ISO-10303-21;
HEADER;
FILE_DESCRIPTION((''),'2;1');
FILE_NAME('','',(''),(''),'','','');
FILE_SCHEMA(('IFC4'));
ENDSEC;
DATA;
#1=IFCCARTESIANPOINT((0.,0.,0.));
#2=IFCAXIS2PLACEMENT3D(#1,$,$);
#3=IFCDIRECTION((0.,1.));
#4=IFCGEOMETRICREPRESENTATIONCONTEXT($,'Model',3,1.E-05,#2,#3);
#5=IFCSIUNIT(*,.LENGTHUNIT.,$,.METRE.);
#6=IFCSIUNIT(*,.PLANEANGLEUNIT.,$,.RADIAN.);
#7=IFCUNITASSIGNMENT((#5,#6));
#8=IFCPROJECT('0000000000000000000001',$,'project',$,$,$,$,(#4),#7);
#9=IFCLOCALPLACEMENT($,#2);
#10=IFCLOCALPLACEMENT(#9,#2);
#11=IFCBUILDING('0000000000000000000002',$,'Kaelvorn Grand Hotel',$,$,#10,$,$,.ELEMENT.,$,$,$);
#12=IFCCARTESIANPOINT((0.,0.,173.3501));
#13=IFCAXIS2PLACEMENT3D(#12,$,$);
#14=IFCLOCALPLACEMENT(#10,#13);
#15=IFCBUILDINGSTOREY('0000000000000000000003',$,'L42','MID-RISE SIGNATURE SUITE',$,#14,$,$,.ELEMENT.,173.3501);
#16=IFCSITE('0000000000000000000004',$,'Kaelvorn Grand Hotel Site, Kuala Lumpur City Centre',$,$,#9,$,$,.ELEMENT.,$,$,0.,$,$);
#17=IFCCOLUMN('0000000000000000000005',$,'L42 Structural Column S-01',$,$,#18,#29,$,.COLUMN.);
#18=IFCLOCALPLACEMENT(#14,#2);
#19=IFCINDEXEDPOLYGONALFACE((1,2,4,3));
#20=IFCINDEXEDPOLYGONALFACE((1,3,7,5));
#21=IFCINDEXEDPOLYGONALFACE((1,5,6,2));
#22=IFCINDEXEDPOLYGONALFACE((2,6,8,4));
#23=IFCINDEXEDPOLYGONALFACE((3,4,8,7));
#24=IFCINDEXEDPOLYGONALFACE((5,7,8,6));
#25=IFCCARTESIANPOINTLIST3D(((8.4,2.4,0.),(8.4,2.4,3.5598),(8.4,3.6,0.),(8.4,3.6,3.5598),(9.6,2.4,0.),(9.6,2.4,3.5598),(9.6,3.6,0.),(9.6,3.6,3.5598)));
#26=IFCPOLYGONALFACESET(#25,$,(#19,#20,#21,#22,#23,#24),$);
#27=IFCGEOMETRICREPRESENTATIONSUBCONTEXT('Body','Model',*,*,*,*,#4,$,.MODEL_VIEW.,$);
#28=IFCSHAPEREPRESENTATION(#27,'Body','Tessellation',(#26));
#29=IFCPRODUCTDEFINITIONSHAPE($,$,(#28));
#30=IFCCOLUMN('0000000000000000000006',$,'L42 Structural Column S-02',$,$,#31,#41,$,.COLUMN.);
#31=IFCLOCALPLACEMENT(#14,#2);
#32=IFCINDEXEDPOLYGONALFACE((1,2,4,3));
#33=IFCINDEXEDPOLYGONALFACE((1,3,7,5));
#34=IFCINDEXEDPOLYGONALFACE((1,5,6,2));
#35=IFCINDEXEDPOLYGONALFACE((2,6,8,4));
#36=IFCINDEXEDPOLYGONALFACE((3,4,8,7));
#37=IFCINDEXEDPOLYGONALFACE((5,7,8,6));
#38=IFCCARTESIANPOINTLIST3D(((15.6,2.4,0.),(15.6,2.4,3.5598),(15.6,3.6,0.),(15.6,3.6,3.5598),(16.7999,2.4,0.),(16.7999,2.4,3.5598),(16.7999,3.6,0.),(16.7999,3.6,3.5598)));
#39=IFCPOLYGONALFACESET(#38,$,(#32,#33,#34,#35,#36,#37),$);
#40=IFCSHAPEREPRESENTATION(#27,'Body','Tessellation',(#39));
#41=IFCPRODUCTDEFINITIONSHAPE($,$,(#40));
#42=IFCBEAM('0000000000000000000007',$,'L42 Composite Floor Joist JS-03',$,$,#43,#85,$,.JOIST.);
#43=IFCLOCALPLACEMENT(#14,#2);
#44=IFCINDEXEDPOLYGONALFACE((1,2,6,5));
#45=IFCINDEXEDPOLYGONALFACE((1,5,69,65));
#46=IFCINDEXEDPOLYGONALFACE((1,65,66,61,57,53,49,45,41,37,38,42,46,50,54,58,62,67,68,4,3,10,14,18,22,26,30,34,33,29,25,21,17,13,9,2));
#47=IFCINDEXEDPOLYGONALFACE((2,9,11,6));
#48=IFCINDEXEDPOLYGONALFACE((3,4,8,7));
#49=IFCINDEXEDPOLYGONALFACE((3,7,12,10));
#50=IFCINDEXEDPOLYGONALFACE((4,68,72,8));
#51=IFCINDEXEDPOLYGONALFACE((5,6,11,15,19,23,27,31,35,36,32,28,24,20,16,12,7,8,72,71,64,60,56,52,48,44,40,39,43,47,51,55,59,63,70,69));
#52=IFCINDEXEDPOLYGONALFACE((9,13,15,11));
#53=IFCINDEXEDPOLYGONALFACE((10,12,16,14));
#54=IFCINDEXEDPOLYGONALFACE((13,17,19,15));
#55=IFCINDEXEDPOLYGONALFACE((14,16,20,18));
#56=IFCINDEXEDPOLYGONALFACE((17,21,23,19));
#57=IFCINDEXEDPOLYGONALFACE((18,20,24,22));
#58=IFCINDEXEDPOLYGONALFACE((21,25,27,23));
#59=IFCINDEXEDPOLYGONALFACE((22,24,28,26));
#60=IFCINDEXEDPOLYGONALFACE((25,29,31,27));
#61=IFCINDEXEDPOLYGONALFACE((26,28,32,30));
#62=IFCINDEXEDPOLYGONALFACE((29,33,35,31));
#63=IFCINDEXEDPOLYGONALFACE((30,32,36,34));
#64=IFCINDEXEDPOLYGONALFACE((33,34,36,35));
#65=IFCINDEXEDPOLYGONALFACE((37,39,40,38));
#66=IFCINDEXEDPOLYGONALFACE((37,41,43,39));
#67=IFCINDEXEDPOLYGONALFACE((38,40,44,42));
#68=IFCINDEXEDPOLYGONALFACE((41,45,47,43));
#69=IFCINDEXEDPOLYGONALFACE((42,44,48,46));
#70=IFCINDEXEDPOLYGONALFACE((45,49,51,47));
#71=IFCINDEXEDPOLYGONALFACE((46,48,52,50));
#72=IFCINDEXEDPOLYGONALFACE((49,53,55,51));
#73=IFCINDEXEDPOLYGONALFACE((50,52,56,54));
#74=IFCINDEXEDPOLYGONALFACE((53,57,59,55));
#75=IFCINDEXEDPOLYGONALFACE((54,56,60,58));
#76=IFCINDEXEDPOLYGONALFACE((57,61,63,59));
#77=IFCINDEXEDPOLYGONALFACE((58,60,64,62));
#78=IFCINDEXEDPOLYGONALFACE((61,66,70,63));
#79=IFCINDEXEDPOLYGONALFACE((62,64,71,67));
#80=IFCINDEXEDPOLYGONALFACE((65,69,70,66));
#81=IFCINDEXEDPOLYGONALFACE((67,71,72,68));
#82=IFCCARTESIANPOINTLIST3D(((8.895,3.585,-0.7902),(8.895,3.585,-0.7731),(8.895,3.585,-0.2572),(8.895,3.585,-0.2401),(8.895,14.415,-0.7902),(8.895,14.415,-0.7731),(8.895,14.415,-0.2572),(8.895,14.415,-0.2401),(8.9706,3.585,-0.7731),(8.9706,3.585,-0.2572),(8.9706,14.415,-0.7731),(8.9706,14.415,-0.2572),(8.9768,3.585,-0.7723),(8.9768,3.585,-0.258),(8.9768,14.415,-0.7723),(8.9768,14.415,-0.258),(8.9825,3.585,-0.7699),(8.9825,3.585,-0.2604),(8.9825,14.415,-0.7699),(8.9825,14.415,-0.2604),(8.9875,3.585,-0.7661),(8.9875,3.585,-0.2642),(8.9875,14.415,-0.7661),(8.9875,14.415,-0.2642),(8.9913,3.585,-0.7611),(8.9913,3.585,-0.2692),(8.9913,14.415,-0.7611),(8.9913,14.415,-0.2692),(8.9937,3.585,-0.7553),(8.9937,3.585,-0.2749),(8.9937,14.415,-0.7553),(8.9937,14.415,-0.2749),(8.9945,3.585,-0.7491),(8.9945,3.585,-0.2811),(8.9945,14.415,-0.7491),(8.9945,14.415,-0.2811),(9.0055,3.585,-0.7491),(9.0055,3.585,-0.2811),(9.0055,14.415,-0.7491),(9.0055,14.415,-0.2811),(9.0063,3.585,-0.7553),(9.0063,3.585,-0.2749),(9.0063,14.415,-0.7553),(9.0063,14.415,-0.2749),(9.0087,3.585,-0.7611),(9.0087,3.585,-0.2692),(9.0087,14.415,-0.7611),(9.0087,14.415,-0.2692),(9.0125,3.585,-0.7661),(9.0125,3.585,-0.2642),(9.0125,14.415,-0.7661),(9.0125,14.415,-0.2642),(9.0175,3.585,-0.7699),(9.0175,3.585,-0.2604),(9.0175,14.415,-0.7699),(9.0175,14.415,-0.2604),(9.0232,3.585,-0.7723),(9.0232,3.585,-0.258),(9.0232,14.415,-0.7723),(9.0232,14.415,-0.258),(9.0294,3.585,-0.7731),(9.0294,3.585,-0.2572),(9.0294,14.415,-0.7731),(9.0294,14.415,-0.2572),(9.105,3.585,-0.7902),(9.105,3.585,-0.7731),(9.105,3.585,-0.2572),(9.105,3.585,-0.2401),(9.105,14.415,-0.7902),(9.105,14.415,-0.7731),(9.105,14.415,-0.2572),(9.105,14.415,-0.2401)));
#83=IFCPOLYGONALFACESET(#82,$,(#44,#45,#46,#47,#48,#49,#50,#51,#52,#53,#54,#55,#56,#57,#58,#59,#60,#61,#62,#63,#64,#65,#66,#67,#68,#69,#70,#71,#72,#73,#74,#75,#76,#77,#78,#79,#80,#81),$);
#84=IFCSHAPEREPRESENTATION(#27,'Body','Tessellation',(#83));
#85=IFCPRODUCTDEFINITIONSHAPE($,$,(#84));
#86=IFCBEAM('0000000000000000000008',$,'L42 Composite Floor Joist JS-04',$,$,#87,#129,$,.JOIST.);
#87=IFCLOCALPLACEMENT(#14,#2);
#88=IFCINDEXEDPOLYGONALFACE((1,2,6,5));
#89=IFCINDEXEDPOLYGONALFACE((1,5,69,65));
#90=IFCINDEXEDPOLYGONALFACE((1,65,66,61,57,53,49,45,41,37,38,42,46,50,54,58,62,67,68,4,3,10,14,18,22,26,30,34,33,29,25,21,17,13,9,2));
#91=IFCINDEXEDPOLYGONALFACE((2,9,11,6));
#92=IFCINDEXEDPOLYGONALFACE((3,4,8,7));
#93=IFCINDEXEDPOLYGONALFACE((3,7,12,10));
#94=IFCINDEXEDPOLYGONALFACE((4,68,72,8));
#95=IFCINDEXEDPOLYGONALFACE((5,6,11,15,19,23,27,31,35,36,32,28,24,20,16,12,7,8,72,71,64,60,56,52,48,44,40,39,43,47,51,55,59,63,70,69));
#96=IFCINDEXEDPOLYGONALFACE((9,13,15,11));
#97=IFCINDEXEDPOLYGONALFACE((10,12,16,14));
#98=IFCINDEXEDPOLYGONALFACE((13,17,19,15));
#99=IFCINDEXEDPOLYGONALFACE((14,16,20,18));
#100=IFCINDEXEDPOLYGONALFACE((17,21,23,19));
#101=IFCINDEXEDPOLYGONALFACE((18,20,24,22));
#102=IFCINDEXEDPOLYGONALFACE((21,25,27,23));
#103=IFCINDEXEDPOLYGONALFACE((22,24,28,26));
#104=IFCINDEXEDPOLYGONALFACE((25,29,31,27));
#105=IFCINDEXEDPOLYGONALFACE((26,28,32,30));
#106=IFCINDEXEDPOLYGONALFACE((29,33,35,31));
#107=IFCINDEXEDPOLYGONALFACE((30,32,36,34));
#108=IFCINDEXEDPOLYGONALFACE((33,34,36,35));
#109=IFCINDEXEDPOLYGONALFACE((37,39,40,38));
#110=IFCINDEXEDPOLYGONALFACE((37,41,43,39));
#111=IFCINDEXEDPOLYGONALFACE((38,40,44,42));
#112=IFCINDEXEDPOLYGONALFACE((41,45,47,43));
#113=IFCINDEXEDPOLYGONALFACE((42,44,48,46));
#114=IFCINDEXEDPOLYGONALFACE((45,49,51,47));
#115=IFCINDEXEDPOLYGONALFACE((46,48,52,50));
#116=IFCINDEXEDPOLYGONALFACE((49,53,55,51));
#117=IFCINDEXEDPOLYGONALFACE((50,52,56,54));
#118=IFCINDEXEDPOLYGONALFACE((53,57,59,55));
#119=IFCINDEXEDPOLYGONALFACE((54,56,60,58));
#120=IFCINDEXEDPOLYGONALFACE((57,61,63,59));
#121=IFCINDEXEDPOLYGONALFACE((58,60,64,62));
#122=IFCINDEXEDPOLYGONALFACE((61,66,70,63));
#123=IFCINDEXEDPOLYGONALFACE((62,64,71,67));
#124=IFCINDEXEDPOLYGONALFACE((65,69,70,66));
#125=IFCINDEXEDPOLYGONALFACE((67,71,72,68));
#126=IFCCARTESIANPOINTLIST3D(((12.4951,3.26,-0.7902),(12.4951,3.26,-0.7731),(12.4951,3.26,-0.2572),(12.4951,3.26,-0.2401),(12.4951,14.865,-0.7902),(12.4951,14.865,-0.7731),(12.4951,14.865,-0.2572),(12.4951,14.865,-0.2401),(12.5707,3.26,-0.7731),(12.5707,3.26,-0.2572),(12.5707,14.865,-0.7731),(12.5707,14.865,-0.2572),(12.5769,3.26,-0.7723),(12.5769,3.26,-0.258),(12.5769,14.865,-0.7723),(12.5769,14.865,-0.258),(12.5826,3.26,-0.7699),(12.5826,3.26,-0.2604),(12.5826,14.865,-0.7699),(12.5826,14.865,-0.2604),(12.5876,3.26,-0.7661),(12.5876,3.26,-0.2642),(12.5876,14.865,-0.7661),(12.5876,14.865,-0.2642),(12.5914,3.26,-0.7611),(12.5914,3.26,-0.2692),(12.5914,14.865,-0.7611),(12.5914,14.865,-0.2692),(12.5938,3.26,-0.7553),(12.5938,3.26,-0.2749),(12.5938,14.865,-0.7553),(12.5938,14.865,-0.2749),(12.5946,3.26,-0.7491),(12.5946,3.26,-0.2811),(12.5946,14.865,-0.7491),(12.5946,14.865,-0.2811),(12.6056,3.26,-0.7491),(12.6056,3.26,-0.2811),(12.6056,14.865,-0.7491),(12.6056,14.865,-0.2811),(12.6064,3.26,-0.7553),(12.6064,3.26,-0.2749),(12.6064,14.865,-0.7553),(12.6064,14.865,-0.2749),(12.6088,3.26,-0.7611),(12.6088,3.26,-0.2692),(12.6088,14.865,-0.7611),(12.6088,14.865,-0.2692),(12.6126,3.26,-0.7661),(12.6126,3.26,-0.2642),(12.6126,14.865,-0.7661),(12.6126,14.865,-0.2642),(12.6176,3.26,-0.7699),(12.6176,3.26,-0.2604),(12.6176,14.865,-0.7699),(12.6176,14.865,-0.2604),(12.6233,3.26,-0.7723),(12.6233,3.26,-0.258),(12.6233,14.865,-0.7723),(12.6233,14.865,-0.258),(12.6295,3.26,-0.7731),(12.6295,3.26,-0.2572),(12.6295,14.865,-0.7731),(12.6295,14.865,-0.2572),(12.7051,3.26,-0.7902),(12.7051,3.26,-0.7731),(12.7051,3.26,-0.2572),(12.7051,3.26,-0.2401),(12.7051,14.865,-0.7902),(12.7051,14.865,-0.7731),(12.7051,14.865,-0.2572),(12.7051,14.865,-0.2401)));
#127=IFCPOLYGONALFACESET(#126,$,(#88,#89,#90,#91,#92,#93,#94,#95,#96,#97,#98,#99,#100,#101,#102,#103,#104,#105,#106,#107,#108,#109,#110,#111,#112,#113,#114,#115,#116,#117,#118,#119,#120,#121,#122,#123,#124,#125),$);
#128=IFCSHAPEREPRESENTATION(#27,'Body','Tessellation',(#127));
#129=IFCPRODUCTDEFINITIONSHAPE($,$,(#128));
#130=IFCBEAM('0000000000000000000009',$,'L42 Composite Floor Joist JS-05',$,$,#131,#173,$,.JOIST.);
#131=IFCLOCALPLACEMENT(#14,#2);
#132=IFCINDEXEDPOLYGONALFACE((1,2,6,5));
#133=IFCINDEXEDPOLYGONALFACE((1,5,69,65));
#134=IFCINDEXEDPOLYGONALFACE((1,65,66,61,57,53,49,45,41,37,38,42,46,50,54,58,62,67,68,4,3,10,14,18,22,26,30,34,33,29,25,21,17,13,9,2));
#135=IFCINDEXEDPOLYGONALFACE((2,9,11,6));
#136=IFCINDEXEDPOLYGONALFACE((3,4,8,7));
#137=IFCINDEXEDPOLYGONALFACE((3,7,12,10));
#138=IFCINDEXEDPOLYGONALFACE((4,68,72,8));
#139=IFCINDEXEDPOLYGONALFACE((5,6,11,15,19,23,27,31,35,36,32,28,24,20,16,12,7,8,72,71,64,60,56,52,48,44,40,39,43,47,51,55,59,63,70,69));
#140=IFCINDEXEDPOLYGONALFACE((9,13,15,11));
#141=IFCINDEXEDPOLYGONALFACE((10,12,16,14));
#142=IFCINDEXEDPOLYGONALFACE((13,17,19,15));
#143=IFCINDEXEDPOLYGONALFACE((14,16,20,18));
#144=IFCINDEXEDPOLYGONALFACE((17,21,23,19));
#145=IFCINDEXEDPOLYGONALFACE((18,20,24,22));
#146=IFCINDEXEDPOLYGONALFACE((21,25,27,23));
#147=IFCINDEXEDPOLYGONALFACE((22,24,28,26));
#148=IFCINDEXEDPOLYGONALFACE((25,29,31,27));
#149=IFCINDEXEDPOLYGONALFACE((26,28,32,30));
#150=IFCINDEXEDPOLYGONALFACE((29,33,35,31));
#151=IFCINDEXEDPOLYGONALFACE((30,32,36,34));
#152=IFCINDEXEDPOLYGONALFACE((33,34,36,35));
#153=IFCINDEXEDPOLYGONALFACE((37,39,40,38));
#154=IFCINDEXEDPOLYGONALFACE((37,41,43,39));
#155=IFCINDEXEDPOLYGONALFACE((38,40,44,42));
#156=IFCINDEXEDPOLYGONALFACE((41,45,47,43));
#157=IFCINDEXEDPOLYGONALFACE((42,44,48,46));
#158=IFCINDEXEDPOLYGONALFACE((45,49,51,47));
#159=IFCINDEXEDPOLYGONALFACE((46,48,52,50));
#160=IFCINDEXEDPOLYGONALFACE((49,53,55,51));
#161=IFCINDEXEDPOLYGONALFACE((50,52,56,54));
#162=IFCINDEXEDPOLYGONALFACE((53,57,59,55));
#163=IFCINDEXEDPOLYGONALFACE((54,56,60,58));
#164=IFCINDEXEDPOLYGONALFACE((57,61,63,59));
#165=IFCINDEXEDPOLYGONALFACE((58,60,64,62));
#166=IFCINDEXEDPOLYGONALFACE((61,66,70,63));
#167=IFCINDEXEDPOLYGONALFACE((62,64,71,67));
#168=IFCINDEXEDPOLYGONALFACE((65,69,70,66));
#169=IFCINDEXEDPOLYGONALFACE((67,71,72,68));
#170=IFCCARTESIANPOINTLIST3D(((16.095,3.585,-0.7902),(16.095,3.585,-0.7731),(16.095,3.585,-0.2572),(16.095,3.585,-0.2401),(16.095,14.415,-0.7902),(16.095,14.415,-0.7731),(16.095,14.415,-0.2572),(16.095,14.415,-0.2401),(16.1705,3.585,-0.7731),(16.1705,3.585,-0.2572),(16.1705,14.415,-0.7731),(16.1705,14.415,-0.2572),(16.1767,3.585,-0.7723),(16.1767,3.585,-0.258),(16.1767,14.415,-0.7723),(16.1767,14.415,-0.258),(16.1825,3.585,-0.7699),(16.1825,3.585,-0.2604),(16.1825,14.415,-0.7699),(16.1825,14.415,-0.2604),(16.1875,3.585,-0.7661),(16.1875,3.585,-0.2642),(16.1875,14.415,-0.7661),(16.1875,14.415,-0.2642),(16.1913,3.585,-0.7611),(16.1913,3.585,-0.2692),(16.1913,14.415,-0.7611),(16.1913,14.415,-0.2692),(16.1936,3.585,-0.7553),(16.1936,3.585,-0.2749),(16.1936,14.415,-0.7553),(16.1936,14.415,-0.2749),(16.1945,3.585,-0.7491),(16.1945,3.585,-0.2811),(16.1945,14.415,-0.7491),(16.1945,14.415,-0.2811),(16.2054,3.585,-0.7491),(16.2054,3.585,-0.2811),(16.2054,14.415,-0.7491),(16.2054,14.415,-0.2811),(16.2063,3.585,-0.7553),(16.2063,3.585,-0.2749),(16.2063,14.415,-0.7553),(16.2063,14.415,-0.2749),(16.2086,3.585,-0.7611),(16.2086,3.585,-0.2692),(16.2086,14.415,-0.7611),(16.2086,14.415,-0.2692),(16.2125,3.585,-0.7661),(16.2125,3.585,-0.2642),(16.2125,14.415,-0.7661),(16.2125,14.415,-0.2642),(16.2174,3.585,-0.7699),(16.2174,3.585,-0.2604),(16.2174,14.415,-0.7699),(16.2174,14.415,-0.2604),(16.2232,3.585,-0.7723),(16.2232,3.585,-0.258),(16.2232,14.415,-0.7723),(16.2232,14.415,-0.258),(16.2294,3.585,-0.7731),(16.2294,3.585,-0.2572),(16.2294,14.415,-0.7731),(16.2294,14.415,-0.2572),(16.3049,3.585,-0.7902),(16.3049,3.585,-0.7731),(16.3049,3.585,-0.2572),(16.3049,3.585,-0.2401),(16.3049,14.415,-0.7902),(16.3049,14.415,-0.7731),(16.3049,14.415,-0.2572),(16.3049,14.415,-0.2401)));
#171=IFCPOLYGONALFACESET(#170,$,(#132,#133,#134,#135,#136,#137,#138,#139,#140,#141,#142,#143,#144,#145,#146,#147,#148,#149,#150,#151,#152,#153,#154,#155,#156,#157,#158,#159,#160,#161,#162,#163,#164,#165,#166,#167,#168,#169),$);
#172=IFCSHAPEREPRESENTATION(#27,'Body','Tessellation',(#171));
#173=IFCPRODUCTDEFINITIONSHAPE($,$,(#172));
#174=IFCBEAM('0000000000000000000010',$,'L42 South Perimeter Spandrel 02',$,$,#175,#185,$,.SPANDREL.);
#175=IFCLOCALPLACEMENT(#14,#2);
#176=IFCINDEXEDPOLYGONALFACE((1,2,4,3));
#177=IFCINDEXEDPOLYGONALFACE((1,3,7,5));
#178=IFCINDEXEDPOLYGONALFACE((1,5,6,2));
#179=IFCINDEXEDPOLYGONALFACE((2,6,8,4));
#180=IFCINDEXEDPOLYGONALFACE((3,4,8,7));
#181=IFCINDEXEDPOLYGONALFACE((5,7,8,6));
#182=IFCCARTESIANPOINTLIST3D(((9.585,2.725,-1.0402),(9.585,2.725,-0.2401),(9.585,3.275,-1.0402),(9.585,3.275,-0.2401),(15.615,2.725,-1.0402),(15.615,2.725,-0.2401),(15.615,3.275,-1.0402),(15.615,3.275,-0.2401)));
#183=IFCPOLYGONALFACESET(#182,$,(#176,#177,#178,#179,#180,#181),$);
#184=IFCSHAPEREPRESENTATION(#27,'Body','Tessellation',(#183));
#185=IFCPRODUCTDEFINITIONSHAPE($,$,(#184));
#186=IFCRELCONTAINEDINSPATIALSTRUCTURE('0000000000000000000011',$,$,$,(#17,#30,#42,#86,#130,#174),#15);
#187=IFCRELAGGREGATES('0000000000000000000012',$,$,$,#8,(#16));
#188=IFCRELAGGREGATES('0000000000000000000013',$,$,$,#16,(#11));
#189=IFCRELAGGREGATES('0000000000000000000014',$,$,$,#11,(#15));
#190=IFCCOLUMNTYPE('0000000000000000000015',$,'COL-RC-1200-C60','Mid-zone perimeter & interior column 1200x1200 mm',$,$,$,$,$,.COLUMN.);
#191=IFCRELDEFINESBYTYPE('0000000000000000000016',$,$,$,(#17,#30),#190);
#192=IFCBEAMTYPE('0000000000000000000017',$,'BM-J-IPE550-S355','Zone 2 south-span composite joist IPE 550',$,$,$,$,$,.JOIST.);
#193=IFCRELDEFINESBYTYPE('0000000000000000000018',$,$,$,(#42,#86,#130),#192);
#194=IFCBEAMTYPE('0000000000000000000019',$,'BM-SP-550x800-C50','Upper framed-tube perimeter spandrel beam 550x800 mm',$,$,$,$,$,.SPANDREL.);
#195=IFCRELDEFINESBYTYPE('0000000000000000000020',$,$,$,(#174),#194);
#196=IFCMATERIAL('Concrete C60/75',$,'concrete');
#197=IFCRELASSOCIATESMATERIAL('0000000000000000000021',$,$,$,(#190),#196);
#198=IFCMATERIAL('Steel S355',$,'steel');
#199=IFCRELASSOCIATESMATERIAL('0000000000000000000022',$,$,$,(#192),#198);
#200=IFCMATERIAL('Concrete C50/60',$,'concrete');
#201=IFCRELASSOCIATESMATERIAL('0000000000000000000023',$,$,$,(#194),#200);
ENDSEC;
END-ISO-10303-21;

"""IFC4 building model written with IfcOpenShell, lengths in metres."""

from ifc_helpers import new_model, si_unit, direction, frame, origin, origin_2d, place, context, subcontext, project, spatial, rectangle, i_section, extrude, material, material_profile, profile_set, type_object, element, save


model = new_model("IFC4")

# Units and contexts
model_context = context("Model", 3, precision=1e-05, world=origin(), true_north=direction((0.0, 1.0)))
body_context = subcontext(model_context, "Body", "Model", "MODEL_VIEW")
ifc_project = project(units=[si_unit("LENGTHUNIT", "METRE"), si_unit("PLANEANGLEUNIT", "RADIAN")], contexts=[model_context])

# Site, building, storey
site_placement = place(None, origin())
site = spatial("IfcSite", under=ifc_project, at=site_placement, Name="Kaelvorn Grand Hotel Site, Kuala Lumpur City Centre", CompositionType="ELEMENT", RefElevation=0.0)
building_placement = place(site_placement, origin())
building = spatial("IfcBuilding", under=site, at=building_placement, Name="Kaelvorn Grand Hotel", CompositionType="ELEMENT")
storey_placement = place(building_placement, frame((0.0, 0.0, 173.3501)))
storey = spatial("IfcBuildingStorey", under=building, at=storey_placement, Name="L42", Description="MID-RISE SIGNATURE SUITE", CompositionType="ELEMENT", Elevation=173.3501)

# Columns
ifc_material_1 = material(Name="Concrete C60/75", Category="concrete")
ifc_material_profile_1 = material_profile(ifc_material_1, rectangle(XDim=1.2, YDim=1.2, at=origin_2d()), Name="RC COL 1200x1200")
ifc_profile_set_1 = profile_set([ifc_material_profile_1], Name="Concrete C60/75")
column_type = type_object("IfcColumnType", Name="COL-RC-1200-C60", Description="Mid-zone perimeter & interior column 1200x1200 mm", PredefinedType="COLUMN", material=ifc_profile_set_1)
for number, where, z_axis, x_axis, name in (
    (1, (9.0, 3.0, 0.0), (0.0, 0.0, 1.0), (1.0, 0.0, 0.0), "L42 Structural Column S-01"),
    (2, (16.2, 3.0, 0.0), (0.0, 0.0, 1.0), (1.0, 0.0, 0.0), "L42 Structural Column S-02"),
):
    element("IfcColumn", number, at=place(storey_placement, frame(where, z_axis=z_axis, x_axis=x_axis)), inside=storey, type_object=column_type, Name=name, PredefinedType="COLUMN", context=body_context, shape_type="SweptSolid", body=[
        extrude(rectangle(XDim=1.2, YDim=1.2, at=origin_2d()), origin(), (0.0, 0.0, 1.0), 3.5598),
    ])

# Beams
ifc_material_2 = material(Name="Steel S355", Category="steel")
ifc_material_profile_2 = material_profile(ifc_material_2, i_section(OverallWidth=0.21, OverallDepth=0.55, WebThickness=0.011, FlangeThickness=0.0171, FilletRadius=0.0239, at=origin_2d()), Name="IPE 550")
ifc_profile_set_2 = profile_set([ifc_material_profile_2], Name="Steel S355")
beam_type_1 = type_object("IfcBeamType", Name="BM-J-IPE550-S355", Description="Zone 2 south-span composite joist IPE 550", PredefinedType="JOIST", material=ifc_profile_set_2)
beam_1_placement = place(storey_placement, frame((9.0, 3.585, -0.5151), z_axis=(0.0, 1.0, 0.0), x_axis=(-1.0, 0.0, 0.0)))
element("IfcBeam", 3, at=beam_1_placement, inside=storey, type_object=beam_type_1, Name="L42 Composite Floor Joist JS-03", PredefinedType="JOIST", context=body_context, shape_type="SweptSolid", body=[
    extrude(i_section(OverallWidth=0.21, OverallDepth=0.55, WebThickness=0.011, FlangeThickness=0.0171, FilletRadius=0.0239, at=origin_2d()), origin(), (0.0, 0.0, 1.0), 10.8301),
])
beam_2_placement = place(storey_placement, frame((12.6001, 3.26, -0.5151), z_axis=(0.0, 1.0, 0.0), x_axis=(-1.0, 0.0, 0.0)))
element("IfcBeam", 4, at=beam_2_placement, inside=storey, type_object=beam_type_1, Name="L42 Composite Floor Joist JS-04", PredefinedType="JOIST", context=body_context, shape_type="SweptSolid", body=[
    extrude(i_section(OverallWidth=0.21, OverallDepth=0.55, WebThickness=0.011, FlangeThickness=0.0171, FilletRadius=0.0239, at=origin_2d()), origin(), (0.0, 0.0, 1.0), 11.605),
])
beam_3_placement = place(storey_placement, frame((16.2, 3.585, -0.5151), z_axis=(0.0, 1.0, 0.0), x_axis=(-1.0, 0.0, 0.0)))
element("IfcBeam", 5, at=beam_3_placement, inside=storey, type_object=beam_type_1, Name="L42 Composite Floor Joist JS-05", PredefinedType="JOIST", context=body_context, shape_type="SweptSolid", body=[
    extrude(i_section(OverallWidth=0.21, OverallDepth=0.55, WebThickness=0.011, FlangeThickness=0.0171, FilletRadius=0.0239, at=origin_2d()), origin(), (0.0, 0.0, 1.0), 10.8301),
])
ifc_material_3 = material(Name="Concrete C50/60", Category="concrete")
ifc_material_profile_3 = material_profile(ifc_material_3, rectangle(XDim=0.55, YDim=0.8, at=origin_2d()), Name="RC SPANDREL 550x800")
ifc_profile_set_3 = profile_set([ifc_material_profile_3], Name="Concrete C50/60")
beam_type_2 = type_object("IfcBeamType", Name="BM-SP-550x800-C50", Description="Upper framed-tube perimeter spandrel beam 550x800 mm", PredefinedType="SPANDREL", material=ifc_profile_set_3)
beam_4_placement = place(storey_placement, frame((9.585, 3.0, -0.6401), z_axis=(1.0, 0.0, 0.0), x_axis=(0.0, 1.0, 0.0)))
element("IfcBeam", 6, at=beam_4_placement, inside=storey, type_object=beam_type_2, Name="L42 South Perimeter Spandrel 02", PredefinedType="SPANDREL", context=body_context, shape_type="SweptSolid", body=[
    extrude(rectangle(XDim=0.55, YDim=0.8, at=origin_2d()), origin(), (0.0, 0.0, 1.0), 6.03),
])

save(model, "model.ifc")
